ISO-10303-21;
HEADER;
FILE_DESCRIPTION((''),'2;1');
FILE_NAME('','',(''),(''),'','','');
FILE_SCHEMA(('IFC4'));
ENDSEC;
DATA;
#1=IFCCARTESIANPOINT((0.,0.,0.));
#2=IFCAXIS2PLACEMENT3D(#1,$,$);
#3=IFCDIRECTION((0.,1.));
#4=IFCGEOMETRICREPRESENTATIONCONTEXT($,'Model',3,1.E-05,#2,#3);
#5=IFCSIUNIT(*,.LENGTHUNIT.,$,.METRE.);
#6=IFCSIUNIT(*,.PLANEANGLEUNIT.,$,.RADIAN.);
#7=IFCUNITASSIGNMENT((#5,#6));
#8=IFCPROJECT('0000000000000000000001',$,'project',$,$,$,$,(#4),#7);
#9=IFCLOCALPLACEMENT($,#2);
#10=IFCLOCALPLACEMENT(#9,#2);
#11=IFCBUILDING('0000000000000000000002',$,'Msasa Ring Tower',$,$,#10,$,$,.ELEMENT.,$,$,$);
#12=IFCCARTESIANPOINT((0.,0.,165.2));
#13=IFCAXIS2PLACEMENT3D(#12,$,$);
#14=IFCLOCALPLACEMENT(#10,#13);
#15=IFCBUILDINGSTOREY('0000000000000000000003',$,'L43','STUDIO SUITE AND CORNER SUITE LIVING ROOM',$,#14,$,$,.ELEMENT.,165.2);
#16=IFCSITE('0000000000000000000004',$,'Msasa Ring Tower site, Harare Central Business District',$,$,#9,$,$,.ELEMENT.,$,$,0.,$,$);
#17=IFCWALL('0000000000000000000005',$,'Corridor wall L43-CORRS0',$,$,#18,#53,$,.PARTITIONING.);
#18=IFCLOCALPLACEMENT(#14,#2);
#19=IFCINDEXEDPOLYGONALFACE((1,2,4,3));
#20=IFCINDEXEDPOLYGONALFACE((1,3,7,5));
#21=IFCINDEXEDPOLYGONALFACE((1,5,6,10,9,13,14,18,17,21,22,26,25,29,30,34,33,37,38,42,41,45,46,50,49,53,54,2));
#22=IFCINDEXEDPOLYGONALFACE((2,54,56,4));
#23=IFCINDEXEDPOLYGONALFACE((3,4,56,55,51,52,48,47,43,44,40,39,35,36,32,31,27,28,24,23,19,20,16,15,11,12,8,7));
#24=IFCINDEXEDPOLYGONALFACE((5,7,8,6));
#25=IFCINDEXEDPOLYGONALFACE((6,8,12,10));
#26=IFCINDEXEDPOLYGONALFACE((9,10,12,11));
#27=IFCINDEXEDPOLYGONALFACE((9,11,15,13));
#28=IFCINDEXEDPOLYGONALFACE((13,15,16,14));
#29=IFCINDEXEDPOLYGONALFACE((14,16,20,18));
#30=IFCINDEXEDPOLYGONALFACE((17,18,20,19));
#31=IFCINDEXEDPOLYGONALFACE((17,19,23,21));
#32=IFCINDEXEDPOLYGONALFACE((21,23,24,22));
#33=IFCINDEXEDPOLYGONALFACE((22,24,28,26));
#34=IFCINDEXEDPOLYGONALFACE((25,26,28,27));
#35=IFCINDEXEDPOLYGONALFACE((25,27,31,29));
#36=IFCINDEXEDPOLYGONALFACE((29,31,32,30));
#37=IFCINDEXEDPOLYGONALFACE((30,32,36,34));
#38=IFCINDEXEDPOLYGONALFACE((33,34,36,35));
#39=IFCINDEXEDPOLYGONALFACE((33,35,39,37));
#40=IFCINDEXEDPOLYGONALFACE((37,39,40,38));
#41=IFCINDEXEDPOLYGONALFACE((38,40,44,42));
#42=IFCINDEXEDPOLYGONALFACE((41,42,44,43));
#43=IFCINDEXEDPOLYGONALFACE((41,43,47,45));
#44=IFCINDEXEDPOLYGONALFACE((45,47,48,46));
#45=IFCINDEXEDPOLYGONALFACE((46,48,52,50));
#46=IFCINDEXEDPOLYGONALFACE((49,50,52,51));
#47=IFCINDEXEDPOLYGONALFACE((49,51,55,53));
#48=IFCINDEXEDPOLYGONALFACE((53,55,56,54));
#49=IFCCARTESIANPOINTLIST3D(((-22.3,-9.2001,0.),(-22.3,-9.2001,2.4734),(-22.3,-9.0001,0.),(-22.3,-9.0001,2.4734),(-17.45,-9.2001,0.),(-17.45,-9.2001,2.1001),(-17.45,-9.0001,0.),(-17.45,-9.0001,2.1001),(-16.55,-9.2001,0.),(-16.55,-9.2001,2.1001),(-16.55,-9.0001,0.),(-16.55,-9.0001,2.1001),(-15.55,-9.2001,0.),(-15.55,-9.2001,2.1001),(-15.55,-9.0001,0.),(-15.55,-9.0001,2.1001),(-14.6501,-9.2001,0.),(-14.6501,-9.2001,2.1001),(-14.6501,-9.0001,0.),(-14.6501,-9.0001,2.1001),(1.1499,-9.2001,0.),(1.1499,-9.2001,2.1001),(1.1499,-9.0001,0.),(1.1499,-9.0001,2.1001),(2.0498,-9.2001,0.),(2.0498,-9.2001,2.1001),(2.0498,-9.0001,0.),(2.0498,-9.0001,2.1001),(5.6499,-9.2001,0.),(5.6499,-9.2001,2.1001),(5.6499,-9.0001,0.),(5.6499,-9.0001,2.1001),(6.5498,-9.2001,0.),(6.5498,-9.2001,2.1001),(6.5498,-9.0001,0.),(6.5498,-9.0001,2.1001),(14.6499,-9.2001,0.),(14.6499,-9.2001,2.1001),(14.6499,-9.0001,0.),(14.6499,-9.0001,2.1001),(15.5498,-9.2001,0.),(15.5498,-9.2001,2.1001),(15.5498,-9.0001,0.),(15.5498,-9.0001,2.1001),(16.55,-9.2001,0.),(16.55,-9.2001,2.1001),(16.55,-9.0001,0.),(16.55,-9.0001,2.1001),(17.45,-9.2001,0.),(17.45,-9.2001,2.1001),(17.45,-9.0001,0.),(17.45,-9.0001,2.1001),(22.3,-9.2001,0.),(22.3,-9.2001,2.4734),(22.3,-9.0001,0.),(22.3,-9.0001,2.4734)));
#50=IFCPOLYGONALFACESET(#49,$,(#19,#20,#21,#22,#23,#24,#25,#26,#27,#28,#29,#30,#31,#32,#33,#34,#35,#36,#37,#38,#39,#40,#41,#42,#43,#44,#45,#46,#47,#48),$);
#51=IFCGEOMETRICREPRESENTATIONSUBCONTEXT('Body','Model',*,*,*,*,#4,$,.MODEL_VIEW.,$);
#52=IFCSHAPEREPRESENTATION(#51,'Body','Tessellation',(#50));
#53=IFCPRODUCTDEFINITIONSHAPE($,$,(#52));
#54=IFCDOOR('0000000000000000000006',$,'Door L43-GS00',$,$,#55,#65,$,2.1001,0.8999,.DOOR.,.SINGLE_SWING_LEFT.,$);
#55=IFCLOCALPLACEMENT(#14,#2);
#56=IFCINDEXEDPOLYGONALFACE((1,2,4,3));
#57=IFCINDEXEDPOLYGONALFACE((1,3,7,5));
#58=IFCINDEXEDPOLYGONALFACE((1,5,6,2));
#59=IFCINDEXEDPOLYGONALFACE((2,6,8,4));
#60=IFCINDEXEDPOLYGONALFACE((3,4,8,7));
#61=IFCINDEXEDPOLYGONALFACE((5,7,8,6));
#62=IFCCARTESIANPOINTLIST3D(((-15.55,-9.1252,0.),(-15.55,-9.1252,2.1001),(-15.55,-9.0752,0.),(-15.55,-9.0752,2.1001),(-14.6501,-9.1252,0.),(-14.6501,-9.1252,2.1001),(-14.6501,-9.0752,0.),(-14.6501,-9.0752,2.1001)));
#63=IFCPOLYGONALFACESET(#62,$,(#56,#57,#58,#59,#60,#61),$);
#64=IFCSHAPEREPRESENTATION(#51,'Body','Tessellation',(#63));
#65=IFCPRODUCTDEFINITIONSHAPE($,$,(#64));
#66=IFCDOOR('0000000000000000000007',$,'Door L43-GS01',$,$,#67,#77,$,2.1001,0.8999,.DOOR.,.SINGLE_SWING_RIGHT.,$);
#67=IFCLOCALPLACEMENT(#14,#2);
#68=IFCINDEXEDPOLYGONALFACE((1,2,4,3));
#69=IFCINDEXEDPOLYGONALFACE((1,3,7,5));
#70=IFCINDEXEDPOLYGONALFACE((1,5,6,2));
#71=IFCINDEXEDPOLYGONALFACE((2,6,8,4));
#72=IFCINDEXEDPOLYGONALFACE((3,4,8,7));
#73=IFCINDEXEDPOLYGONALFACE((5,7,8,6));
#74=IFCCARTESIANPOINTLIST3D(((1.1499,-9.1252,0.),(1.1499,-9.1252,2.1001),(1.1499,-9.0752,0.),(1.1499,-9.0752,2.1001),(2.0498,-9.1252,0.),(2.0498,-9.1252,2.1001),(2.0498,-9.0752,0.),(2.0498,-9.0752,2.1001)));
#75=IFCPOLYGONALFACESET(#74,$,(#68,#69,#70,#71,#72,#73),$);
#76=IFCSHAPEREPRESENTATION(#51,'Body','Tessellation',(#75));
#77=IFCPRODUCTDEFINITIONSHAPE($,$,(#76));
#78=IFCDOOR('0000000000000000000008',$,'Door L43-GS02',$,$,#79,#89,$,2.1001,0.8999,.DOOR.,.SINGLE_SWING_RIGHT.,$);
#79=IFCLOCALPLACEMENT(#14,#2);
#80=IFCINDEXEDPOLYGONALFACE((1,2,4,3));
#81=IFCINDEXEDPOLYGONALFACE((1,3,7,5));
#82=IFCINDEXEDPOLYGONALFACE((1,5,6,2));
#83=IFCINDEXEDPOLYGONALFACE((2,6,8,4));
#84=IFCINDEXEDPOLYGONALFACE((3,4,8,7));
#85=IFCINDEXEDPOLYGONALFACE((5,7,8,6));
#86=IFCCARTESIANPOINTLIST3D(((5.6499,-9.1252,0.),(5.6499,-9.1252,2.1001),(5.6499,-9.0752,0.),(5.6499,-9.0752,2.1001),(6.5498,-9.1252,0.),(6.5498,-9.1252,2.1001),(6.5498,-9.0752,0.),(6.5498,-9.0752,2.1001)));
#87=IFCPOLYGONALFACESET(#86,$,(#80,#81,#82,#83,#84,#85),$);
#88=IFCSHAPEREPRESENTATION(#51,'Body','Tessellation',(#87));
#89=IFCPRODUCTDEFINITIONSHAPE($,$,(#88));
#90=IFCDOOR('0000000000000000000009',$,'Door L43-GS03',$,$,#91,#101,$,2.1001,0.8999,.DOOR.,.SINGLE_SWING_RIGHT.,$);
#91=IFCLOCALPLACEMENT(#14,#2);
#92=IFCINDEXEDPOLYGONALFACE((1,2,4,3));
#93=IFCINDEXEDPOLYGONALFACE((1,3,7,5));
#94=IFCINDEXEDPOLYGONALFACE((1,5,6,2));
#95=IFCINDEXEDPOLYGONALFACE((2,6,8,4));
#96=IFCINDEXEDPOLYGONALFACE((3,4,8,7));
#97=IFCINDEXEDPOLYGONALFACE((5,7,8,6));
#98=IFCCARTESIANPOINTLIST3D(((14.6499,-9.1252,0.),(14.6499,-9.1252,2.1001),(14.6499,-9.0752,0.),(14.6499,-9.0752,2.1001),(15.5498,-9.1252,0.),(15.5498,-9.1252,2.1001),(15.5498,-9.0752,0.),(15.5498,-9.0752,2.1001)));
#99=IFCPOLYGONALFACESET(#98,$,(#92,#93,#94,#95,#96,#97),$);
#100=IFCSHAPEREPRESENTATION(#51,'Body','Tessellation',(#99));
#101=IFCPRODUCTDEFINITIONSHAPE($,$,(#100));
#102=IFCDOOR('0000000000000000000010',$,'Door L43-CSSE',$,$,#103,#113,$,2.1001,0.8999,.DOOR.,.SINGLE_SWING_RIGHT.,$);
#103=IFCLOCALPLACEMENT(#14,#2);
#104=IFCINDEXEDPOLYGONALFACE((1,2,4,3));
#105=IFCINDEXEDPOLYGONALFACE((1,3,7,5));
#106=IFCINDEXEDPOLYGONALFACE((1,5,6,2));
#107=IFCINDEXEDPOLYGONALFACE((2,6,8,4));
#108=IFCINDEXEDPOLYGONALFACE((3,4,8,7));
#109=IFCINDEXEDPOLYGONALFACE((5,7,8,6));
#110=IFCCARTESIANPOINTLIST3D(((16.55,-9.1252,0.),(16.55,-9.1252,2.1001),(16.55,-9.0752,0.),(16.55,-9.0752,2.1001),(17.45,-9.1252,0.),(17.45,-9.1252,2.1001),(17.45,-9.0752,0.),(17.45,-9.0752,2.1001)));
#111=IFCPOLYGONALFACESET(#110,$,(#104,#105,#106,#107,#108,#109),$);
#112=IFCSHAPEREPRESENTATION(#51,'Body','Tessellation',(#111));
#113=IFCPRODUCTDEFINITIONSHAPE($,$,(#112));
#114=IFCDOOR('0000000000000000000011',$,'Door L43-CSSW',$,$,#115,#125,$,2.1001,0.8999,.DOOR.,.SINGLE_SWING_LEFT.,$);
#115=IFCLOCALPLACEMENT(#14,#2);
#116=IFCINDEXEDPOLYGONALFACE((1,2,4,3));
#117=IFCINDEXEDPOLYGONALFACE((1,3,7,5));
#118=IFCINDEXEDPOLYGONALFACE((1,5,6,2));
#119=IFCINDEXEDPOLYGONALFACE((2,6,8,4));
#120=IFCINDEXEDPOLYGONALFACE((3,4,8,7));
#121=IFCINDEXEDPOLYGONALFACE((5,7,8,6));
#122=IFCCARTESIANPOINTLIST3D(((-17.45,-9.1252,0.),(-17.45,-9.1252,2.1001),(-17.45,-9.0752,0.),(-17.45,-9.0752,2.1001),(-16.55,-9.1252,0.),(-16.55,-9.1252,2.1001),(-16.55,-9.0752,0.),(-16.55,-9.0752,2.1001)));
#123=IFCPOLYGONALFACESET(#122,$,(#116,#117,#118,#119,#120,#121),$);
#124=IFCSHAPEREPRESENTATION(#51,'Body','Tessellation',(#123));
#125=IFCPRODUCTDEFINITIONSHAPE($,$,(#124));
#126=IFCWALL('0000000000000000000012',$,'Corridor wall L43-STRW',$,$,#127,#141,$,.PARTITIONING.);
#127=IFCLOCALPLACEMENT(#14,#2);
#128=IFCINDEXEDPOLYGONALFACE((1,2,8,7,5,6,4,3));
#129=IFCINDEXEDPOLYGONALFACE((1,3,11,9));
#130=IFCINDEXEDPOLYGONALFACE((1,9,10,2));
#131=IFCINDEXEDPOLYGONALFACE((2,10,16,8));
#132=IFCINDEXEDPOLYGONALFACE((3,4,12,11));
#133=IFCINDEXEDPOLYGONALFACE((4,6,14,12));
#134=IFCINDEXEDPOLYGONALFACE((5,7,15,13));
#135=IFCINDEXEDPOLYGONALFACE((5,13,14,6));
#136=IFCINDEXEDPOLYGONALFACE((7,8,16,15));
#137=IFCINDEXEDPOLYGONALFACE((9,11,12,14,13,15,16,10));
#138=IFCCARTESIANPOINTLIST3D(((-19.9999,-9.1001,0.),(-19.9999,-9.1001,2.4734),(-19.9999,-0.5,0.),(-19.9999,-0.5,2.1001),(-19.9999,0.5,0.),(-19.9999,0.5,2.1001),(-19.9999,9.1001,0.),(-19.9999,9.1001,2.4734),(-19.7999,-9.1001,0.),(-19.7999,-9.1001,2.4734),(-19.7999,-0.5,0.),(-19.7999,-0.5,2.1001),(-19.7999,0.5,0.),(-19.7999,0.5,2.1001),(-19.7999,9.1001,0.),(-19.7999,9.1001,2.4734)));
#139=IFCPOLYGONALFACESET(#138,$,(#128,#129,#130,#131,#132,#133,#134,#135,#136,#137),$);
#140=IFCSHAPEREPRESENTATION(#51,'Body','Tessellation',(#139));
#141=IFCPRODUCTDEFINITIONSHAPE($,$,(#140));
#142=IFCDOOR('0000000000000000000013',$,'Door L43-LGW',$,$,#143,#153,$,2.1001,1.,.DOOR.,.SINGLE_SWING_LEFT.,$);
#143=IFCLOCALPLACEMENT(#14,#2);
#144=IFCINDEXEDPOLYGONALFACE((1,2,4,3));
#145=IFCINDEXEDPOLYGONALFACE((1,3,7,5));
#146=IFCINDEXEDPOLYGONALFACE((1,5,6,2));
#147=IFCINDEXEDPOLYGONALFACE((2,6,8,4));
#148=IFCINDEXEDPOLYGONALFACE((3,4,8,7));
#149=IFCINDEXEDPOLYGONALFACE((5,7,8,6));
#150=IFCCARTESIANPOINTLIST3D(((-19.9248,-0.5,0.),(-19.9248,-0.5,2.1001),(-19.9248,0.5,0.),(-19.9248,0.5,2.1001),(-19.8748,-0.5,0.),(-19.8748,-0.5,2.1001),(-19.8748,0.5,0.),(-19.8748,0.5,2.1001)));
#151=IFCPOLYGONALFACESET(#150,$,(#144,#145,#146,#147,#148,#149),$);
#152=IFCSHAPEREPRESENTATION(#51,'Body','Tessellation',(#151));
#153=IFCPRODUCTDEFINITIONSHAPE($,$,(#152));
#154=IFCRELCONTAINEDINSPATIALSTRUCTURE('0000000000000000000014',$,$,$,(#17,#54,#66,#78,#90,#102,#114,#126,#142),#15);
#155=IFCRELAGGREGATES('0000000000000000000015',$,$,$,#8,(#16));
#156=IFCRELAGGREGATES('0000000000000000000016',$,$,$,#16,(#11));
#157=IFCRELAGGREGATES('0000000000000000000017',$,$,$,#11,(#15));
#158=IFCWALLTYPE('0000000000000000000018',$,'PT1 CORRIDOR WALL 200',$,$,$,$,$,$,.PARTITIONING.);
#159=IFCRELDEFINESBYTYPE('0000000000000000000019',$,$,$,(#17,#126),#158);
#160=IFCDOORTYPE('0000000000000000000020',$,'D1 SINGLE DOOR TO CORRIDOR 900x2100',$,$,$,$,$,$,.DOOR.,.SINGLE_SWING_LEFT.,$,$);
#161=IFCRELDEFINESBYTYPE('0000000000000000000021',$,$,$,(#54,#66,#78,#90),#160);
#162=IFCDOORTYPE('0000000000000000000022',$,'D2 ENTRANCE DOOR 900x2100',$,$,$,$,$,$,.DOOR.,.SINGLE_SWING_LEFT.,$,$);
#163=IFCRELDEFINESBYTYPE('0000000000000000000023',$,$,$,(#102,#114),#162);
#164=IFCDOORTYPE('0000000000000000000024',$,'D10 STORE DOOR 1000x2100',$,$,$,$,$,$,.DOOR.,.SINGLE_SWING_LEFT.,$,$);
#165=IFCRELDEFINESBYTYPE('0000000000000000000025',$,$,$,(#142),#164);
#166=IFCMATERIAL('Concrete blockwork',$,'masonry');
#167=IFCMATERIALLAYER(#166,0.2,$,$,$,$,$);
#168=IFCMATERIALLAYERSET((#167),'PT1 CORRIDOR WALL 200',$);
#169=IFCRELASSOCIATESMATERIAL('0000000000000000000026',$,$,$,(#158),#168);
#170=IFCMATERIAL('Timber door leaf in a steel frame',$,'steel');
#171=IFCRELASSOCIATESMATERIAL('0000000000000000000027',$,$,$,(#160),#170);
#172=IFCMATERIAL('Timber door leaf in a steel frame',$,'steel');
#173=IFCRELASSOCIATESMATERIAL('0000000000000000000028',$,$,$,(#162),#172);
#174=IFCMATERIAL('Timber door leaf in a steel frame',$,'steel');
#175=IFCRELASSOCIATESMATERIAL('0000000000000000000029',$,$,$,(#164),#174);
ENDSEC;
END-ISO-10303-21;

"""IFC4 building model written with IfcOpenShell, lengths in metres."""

from ifc_helpers import new_model, si_unit, direction, frame, frame_2d, origin, place, context, subcontext, project, spatial, rectangle, extrude, material, layer, layer_set, type_object, element, fill, save


model = new_model("IFC4")

# Units and contexts
model_context = context("Model", 3, precision=1e-05, world=origin(), true_north=direction((0.0, 1.0)))
body_context = subcontext(model_context, "Body", "Model", "MODEL_VIEW")
ifc_project = project(units=[si_unit("LENGTHUNIT", "METRE"), si_unit("PLANEANGLEUNIT", "RADIAN")], contexts=[model_context])

# Site, building, storey
site_placement = place(None, origin())
site = spatial("IfcSite", under=ifc_project, at=site_placement, Name="Msasa Ring Tower site, Harare Central Business District", CompositionType="ELEMENT", RefElevation=0.0)
building_placement = place(site_placement, origin())
building = spatial("IfcBuilding", under=site, at=building_placement, Name="Msasa Ring Tower", CompositionType="ELEMENT")
storey_placement = place(building_placement, frame((0.0, 0.0, 165.2)))
storey = spatial("IfcBuildingStorey", under=building, at=storey_placement, Name="L43", Description="STUDIO SUITE AND CORNER SUITE LIVING ROOM", CompositionType="ELEMENT", Elevation=165.2)

# Wall, openings, doors
ifc_material_1 = material(Name="Concrete blockwork", Category="masonry")
ifc_layer_1 = layer(ifc_material_1, 0.2)
ifc_layer_set_1 = layer_set([ifc_layer_1], Name="PT1 CORRIDOR WALL 200")
wall_type_1 = type_object("IfcWallType", Name="PT1 CORRIDOR WALL 200", PredefinedType="PARTITIONING", material=ifc_layer_set_1)
wall_1_placement = place(storey_placement, frame((-22.3, -9.1001, 0.0), z_axis=(0.0, 0.0, 1.0), x_axis=(1.0, 0.0, 0.0)))
wall_1 = element("IfcWall", 1, at=wall_1_placement, inside=storey, type_object=wall_type_1, Name="Corridor wall L43-CORRS0", PredefinedType="PARTITIONING", context=body_context, shape_type="SweptSolid", body=[
    extrude(rectangle(XDim=44.6001, YDim=0.2, at=frame_2d((22.3, 0.0))), origin(), (0.0, 0.0, 1.0), 2.4734),
])
opening_1_placement = place(wall_1_placement, frame((6.75, 0.0, 0.0)))
opening_1 = element("IfcOpeningElement", 2, at=opening_1_placement, cuts=wall_1, PredefinedType="OPENING", context=body_context, shape_type="SweptSolid", body=[
    extrude(rectangle(XDim=0.8999, YDim=2.1001, at=frame_2d((0.45, 1.05))), frame((0.0, 0.1099, 0.0), z_axis=(0.0, -1.0, 0.0), x_axis=(1.0, 0.0, 0.0)), (0.0, 0.0, 1.0), 0.22),
])
opening_2_placement = place(wall_1_placement, frame((23.45, 0.0, 0.0)))
opening_2 = element("IfcOpeningElement", 3, at=opening_2_placement, cuts=wall_1, PredefinedType="OPENING", context=body_context, shape_type="SweptSolid", body=[
    extrude(rectangle(XDim=0.8999, YDim=2.1001, at=frame_2d((0.45, 1.05))), frame((0.0, 0.1099, 0.0), z_axis=(0.0, -1.0, 0.0), x_axis=(1.0, 0.0, 0.0)), (0.0, 0.0, 1.0), 0.22),
])
opening_3_placement = place(wall_1_placement, frame((27.95, 0.0, 0.0)))
opening_3 = element("IfcOpeningElement", 4, at=opening_3_placement, cuts=wall_1, PredefinedType="OPENING", context=body_context, shape_type="SweptSolid", body=[
    extrude(rectangle(XDim=0.8999, YDim=2.1001, at=frame_2d((0.45, 1.05))), frame((0.0, 0.1099, 0.0), z_axis=(0.0, -1.0, 0.0), x_axis=(1.0, 0.0, 0.0)), (0.0, 0.0, 1.0), 0.22),
])
opening_4_placement = place(wall_1_placement, frame((36.95, 0.0, 0.0)))
opening_4 = element("IfcOpeningElement", 5, at=opening_4_placement, cuts=wall_1, PredefinedType="OPENING", context=body_context, shape_type="SweptSolid", body=[
    extrude(rectangle(XDim=0.8999, YDim=2.1001, at=frame_2d((0.45, 1.05))), frame((0.0, 0.1099, 0.0), z_axis=(0.0, -1.0, 0.0), x_axis=(1.0, 0.0, 0.0)), (0.0, 0.0, 1.0), 0.22),
])
opening_5_placement = place(wall_1_placement, frame((38.8501, 0.0, 0.0)))
opening_5 = element("IfcOpeningElement", 6, at=opening_5_placement, cuts=wall_1, PredefinedType="OPENING", context=body_context, shape_type="SweptSolid", body=[
    extrude(rectangle(XDim=0.8999, YDim=2.1001, at=frame_2d((0.45, 1.05))), frame((0.0, 0.1099, 0.0), z_axis=(0.0, -1.0, 0.0), x_axis=(1.0, 0.0, 0.0)), (0.0, 0.0, 1.0), 0.22),
])
opening_6_placement = place(wall_1_placement, frame((4.8501, 0.0, 0.0)))
opening_6 = element("IfcOpeningElement", 7, at=opening_6_placement, cuts=wall_1, PredefinedType="OPENING", context=body_context, shape_type="SweptSolid", body=[
    extrude(rectangle(XDim=0.8999, YDim=2.1001, at=frame_2d((0.45, 1.05))), frame((0.0, 0.1099, 0.0), z_axis=(0.0, -1.0, 0.0), x_axis=(1.0, 0.0, 0.0)), (0.0, 0.0, 1.0), 0.22),
])
ifc_material_2 = material(Name="Timber door leaf in a steel frame", Category="steel")
door_type_1 = type_object("IfcDoorType", Name="D1 SINGLE DOOR TO CORRIDOR 900x2100", OperationType="SINGLE_SWING_LEFT", PredefinedType="DOOR", material=ifc_material_2)
door_1_placement = place(opening_1_placement, origin())
door_1 = element("IfcDoor", 8, at=door_1_placement, inside=storey, type_object=door_type_1, Name="Door L43-GS00", OperationType="SINGLE_SWING_LEFT", OverallHeight=2.1001, OverallWidth=0.8999, PredefinedType="DOOR", context=body_context, shape_type="SweptSolid", body=[
    extrude(rectangle(XDim=0.8999, YDim=2.1001, at=frame_2d((0.45, 1.05))), frame((0.0, 0.0249, 0.0), z_axis=(0.0, -1.0, 0.0), x_axis=(1.0, 0.0, 0.0)), (0.0, 0.0, 1.0), 0.05),
])
fill(opening_1, door_1)
door_2_placement = place(opening_2_placement, origin())
door_2 = element("IfcDoor", 9, at=door_2_placement, inside=storey, type_object=door_type_1, Name="Door L43-GS01", OperationType="SINGLE_SWING_RIGHT", OverallHeight=2.1001, OverallWidth=0.8999, PredefinedType="DOOR", context=body_context, shape_type="SweptSolid", body=[
    extrude(rectangle(XDim=0.8999, YDim=2.1001, at=frame_2d((0.45, 1.05))), frame((0.0, 0.0249, 0.0), z_axis=(0.0, -1.0, 0.0), x_axis=(1.0, 0.0, 0.0)), (0.0, 0.0, 1.0), 0.05),
])
fill(opening_2, door_2)
door_3_placement = place(opening_3_placement, origin())
door_3 = element("IfcDoor", 10, at=door_3_placement, inside=storey, type_object=door_type_1, Name="Door L43-GS02", OperationType="SINGLE_SWING_RIGHT", OverallHeight=2.1001, OverallWidth=0.8999, PredefinedType="DOOR", context=body_context, shape_type="SweptSolid", body=[
    extrude(rectangle(XDim=0.8999, YDim=2.1001, at=frame_2d((0.45, 1.05))), frame((0.0, 0.0249, 0.0), z_axis=(0.0, -1.0, 0.0), x_axis=(1.0, 0.0, 0.0)), (0.0, 0.0, 1.0), 0.05),
])
fill(opening_3, door_3)
door_4_placement = place(opening_4_placement, origin())
door_4 = element("IfcDoor", 11, at=door_4_placement, inside=storey, type_object=door_type_1, Name="Door L43-GS03", OperationType="SINGLE_SWING_RIGHT", OverallHeight=2.1001, OverallWidth=0.8999, PredefinedType="DOOR", context=body_context, shape_type="SweptSolid", body=[
    extrude(rectangle(XDim=0.8999, YDim=2.1001, at=frame_2d((0.45, 1.05))), frame((0.0, 0.0249, 0.0), z_axis=(0.0, -1.0, 0.0), x_axis=(1.0, 0.0, 0.0)), (0.0, 0.0, 1.0), 0.05),
])
fill(opening_4, door_4)
ifc_material_3 = material(Name="Timber door leaf in a steel frame", Category="steel")
door_type_2 = type_object("IfcDoorType", Name="D2 ENTRANCE DOOR 900x2100", OperationType="SINGLE_SWING_LEFT", PredefinedType="DOOR", material=ifc_material_3)
door_5_placement = place(opening_5_placement, origin())
door_5 = element("IfcDoor", 12, at=door_5_placement, inside=storey, type_object=door_type_2, Name="Door L43-CSSE", OperationType="SINGLE_SWING_RIGHT", OverallHeight=2.1001, OverallWidth=0.8999, PredefinedType="DOOR", context=body_context, shape_type="SweptSolid", body=[
    extrude(rectangle(XDim=0.8999, YDim=2.1001, at=frame_2d((0.45, 1.05))), frame((0.0, 0.0249, 0.0), z_axis=(0.0, -1.0, 0.0), x_axis=(1.0, 0.0, 0.0)), (0.0, 0.0, 1.0), 0.05),
])
fill(opening_5, door_5)
door_6_placement = place(opening_6_placement, origin())
door_6 = element("IfcDoor", 13, at=door_6_placement, inside=storey, type_object=door_type_2, Name="Door L43-CSSW", OperationType="SINGLE_SWING_LEFT", OverallHeight=2.1001, OverallWidth=0.8999, PredefinedType="DOOR", context=body_context, shape_type="SweptSolid", body=[
    extrude(rectangle(XDim=0.8999, YDim=2.1001, at=frame_2d((0.45, 1.05))), frame((0.0, 0.0249, 0.0), z_axis=(0.0, -1.0, 0.0), x_axis=(1.0, 0.0, 0.0)), (0.0, 0.0, 1.0), 0.05),
])
fill(opening_6, door_6)

# Wall, opening, door
wall_2_placement = place(storey_placement, frame((-19.8999, -9.1001, 0.0), z_axis=(0.0, 0.0, 1.0), x_axis=(0.0, 1.0, 0.0)))
wall_2 = element("IfcWall", 14, at=wall_2_placement, inside=storey, type_object=wall_type_1, Name="Corridor wall L43-STRW", PredefinedType="PARTITIONING", context=body_context, shape_type="SweptSolid", body=[
    extrude(rectangle(XDim=18.2002, YDim=0.2, at=frame_2d((9.1001, 0.0))), origin(), (0.0, 0.0, 1.0), 2.4734),
])
opening_7_placement = place(wall_2_placement, frame((8.6001, 0.0, 0.0)))
opening_7 = element("IfcOpeningElement", 15, at=opening_7_placement, cuts=wall_2, PredefinedType="OPENING", context=body_context, shape_type="SweptSolid", body=[
    extrude(rectangle(XDim=1.0, YDim=2.1001, at=frame_2d((0.5, 1.05))), frame((0.0, 0.1099, 0.0), z_axis=(0.0, -1.0, 0.0), x_axis=(1.0, 0.0, 0.0)), (0.0, 0.0, 1.0), 0.22),
])
ifc_material_4 = material(Name="Timber door leaf in a steel frame", Category="steel")
door_type_3 = type_object("IfcDoorType", Name="D10 STORE DOOR 1000x2100", OperationType="SINGLE_SWING_LEFT", PredefinedType="DOOR", material=ifc_material_4)
door_7_placement = place(opening_7_placement, origin())
door_7 = element("IfcDoor", 16, at=door_7_placement, inside=storey, type_object=door_type_3, Name="Door L43-LGW", OperationType="SINGLE_SWING_LEFT", OverallHeight=2.1001, OverallWidth=1.0, PredefinedType="DOOR", context=body_context, shape_type="SweptSolid", body=[
    extrude(rectangle(XDim=1.0, YDim=2.1001, at=frame_2d((0.5, 1.05))), frame((0.0, 0.0249, 0.0), z_axis=(0.0, -1.0, 0.0), x_axis=(1.0, 0.0, 0.0)), (0.0, 0.0, 1.0), 0.05),
])
fill(opening_7, door_7)

save(model, "model.ifc")
